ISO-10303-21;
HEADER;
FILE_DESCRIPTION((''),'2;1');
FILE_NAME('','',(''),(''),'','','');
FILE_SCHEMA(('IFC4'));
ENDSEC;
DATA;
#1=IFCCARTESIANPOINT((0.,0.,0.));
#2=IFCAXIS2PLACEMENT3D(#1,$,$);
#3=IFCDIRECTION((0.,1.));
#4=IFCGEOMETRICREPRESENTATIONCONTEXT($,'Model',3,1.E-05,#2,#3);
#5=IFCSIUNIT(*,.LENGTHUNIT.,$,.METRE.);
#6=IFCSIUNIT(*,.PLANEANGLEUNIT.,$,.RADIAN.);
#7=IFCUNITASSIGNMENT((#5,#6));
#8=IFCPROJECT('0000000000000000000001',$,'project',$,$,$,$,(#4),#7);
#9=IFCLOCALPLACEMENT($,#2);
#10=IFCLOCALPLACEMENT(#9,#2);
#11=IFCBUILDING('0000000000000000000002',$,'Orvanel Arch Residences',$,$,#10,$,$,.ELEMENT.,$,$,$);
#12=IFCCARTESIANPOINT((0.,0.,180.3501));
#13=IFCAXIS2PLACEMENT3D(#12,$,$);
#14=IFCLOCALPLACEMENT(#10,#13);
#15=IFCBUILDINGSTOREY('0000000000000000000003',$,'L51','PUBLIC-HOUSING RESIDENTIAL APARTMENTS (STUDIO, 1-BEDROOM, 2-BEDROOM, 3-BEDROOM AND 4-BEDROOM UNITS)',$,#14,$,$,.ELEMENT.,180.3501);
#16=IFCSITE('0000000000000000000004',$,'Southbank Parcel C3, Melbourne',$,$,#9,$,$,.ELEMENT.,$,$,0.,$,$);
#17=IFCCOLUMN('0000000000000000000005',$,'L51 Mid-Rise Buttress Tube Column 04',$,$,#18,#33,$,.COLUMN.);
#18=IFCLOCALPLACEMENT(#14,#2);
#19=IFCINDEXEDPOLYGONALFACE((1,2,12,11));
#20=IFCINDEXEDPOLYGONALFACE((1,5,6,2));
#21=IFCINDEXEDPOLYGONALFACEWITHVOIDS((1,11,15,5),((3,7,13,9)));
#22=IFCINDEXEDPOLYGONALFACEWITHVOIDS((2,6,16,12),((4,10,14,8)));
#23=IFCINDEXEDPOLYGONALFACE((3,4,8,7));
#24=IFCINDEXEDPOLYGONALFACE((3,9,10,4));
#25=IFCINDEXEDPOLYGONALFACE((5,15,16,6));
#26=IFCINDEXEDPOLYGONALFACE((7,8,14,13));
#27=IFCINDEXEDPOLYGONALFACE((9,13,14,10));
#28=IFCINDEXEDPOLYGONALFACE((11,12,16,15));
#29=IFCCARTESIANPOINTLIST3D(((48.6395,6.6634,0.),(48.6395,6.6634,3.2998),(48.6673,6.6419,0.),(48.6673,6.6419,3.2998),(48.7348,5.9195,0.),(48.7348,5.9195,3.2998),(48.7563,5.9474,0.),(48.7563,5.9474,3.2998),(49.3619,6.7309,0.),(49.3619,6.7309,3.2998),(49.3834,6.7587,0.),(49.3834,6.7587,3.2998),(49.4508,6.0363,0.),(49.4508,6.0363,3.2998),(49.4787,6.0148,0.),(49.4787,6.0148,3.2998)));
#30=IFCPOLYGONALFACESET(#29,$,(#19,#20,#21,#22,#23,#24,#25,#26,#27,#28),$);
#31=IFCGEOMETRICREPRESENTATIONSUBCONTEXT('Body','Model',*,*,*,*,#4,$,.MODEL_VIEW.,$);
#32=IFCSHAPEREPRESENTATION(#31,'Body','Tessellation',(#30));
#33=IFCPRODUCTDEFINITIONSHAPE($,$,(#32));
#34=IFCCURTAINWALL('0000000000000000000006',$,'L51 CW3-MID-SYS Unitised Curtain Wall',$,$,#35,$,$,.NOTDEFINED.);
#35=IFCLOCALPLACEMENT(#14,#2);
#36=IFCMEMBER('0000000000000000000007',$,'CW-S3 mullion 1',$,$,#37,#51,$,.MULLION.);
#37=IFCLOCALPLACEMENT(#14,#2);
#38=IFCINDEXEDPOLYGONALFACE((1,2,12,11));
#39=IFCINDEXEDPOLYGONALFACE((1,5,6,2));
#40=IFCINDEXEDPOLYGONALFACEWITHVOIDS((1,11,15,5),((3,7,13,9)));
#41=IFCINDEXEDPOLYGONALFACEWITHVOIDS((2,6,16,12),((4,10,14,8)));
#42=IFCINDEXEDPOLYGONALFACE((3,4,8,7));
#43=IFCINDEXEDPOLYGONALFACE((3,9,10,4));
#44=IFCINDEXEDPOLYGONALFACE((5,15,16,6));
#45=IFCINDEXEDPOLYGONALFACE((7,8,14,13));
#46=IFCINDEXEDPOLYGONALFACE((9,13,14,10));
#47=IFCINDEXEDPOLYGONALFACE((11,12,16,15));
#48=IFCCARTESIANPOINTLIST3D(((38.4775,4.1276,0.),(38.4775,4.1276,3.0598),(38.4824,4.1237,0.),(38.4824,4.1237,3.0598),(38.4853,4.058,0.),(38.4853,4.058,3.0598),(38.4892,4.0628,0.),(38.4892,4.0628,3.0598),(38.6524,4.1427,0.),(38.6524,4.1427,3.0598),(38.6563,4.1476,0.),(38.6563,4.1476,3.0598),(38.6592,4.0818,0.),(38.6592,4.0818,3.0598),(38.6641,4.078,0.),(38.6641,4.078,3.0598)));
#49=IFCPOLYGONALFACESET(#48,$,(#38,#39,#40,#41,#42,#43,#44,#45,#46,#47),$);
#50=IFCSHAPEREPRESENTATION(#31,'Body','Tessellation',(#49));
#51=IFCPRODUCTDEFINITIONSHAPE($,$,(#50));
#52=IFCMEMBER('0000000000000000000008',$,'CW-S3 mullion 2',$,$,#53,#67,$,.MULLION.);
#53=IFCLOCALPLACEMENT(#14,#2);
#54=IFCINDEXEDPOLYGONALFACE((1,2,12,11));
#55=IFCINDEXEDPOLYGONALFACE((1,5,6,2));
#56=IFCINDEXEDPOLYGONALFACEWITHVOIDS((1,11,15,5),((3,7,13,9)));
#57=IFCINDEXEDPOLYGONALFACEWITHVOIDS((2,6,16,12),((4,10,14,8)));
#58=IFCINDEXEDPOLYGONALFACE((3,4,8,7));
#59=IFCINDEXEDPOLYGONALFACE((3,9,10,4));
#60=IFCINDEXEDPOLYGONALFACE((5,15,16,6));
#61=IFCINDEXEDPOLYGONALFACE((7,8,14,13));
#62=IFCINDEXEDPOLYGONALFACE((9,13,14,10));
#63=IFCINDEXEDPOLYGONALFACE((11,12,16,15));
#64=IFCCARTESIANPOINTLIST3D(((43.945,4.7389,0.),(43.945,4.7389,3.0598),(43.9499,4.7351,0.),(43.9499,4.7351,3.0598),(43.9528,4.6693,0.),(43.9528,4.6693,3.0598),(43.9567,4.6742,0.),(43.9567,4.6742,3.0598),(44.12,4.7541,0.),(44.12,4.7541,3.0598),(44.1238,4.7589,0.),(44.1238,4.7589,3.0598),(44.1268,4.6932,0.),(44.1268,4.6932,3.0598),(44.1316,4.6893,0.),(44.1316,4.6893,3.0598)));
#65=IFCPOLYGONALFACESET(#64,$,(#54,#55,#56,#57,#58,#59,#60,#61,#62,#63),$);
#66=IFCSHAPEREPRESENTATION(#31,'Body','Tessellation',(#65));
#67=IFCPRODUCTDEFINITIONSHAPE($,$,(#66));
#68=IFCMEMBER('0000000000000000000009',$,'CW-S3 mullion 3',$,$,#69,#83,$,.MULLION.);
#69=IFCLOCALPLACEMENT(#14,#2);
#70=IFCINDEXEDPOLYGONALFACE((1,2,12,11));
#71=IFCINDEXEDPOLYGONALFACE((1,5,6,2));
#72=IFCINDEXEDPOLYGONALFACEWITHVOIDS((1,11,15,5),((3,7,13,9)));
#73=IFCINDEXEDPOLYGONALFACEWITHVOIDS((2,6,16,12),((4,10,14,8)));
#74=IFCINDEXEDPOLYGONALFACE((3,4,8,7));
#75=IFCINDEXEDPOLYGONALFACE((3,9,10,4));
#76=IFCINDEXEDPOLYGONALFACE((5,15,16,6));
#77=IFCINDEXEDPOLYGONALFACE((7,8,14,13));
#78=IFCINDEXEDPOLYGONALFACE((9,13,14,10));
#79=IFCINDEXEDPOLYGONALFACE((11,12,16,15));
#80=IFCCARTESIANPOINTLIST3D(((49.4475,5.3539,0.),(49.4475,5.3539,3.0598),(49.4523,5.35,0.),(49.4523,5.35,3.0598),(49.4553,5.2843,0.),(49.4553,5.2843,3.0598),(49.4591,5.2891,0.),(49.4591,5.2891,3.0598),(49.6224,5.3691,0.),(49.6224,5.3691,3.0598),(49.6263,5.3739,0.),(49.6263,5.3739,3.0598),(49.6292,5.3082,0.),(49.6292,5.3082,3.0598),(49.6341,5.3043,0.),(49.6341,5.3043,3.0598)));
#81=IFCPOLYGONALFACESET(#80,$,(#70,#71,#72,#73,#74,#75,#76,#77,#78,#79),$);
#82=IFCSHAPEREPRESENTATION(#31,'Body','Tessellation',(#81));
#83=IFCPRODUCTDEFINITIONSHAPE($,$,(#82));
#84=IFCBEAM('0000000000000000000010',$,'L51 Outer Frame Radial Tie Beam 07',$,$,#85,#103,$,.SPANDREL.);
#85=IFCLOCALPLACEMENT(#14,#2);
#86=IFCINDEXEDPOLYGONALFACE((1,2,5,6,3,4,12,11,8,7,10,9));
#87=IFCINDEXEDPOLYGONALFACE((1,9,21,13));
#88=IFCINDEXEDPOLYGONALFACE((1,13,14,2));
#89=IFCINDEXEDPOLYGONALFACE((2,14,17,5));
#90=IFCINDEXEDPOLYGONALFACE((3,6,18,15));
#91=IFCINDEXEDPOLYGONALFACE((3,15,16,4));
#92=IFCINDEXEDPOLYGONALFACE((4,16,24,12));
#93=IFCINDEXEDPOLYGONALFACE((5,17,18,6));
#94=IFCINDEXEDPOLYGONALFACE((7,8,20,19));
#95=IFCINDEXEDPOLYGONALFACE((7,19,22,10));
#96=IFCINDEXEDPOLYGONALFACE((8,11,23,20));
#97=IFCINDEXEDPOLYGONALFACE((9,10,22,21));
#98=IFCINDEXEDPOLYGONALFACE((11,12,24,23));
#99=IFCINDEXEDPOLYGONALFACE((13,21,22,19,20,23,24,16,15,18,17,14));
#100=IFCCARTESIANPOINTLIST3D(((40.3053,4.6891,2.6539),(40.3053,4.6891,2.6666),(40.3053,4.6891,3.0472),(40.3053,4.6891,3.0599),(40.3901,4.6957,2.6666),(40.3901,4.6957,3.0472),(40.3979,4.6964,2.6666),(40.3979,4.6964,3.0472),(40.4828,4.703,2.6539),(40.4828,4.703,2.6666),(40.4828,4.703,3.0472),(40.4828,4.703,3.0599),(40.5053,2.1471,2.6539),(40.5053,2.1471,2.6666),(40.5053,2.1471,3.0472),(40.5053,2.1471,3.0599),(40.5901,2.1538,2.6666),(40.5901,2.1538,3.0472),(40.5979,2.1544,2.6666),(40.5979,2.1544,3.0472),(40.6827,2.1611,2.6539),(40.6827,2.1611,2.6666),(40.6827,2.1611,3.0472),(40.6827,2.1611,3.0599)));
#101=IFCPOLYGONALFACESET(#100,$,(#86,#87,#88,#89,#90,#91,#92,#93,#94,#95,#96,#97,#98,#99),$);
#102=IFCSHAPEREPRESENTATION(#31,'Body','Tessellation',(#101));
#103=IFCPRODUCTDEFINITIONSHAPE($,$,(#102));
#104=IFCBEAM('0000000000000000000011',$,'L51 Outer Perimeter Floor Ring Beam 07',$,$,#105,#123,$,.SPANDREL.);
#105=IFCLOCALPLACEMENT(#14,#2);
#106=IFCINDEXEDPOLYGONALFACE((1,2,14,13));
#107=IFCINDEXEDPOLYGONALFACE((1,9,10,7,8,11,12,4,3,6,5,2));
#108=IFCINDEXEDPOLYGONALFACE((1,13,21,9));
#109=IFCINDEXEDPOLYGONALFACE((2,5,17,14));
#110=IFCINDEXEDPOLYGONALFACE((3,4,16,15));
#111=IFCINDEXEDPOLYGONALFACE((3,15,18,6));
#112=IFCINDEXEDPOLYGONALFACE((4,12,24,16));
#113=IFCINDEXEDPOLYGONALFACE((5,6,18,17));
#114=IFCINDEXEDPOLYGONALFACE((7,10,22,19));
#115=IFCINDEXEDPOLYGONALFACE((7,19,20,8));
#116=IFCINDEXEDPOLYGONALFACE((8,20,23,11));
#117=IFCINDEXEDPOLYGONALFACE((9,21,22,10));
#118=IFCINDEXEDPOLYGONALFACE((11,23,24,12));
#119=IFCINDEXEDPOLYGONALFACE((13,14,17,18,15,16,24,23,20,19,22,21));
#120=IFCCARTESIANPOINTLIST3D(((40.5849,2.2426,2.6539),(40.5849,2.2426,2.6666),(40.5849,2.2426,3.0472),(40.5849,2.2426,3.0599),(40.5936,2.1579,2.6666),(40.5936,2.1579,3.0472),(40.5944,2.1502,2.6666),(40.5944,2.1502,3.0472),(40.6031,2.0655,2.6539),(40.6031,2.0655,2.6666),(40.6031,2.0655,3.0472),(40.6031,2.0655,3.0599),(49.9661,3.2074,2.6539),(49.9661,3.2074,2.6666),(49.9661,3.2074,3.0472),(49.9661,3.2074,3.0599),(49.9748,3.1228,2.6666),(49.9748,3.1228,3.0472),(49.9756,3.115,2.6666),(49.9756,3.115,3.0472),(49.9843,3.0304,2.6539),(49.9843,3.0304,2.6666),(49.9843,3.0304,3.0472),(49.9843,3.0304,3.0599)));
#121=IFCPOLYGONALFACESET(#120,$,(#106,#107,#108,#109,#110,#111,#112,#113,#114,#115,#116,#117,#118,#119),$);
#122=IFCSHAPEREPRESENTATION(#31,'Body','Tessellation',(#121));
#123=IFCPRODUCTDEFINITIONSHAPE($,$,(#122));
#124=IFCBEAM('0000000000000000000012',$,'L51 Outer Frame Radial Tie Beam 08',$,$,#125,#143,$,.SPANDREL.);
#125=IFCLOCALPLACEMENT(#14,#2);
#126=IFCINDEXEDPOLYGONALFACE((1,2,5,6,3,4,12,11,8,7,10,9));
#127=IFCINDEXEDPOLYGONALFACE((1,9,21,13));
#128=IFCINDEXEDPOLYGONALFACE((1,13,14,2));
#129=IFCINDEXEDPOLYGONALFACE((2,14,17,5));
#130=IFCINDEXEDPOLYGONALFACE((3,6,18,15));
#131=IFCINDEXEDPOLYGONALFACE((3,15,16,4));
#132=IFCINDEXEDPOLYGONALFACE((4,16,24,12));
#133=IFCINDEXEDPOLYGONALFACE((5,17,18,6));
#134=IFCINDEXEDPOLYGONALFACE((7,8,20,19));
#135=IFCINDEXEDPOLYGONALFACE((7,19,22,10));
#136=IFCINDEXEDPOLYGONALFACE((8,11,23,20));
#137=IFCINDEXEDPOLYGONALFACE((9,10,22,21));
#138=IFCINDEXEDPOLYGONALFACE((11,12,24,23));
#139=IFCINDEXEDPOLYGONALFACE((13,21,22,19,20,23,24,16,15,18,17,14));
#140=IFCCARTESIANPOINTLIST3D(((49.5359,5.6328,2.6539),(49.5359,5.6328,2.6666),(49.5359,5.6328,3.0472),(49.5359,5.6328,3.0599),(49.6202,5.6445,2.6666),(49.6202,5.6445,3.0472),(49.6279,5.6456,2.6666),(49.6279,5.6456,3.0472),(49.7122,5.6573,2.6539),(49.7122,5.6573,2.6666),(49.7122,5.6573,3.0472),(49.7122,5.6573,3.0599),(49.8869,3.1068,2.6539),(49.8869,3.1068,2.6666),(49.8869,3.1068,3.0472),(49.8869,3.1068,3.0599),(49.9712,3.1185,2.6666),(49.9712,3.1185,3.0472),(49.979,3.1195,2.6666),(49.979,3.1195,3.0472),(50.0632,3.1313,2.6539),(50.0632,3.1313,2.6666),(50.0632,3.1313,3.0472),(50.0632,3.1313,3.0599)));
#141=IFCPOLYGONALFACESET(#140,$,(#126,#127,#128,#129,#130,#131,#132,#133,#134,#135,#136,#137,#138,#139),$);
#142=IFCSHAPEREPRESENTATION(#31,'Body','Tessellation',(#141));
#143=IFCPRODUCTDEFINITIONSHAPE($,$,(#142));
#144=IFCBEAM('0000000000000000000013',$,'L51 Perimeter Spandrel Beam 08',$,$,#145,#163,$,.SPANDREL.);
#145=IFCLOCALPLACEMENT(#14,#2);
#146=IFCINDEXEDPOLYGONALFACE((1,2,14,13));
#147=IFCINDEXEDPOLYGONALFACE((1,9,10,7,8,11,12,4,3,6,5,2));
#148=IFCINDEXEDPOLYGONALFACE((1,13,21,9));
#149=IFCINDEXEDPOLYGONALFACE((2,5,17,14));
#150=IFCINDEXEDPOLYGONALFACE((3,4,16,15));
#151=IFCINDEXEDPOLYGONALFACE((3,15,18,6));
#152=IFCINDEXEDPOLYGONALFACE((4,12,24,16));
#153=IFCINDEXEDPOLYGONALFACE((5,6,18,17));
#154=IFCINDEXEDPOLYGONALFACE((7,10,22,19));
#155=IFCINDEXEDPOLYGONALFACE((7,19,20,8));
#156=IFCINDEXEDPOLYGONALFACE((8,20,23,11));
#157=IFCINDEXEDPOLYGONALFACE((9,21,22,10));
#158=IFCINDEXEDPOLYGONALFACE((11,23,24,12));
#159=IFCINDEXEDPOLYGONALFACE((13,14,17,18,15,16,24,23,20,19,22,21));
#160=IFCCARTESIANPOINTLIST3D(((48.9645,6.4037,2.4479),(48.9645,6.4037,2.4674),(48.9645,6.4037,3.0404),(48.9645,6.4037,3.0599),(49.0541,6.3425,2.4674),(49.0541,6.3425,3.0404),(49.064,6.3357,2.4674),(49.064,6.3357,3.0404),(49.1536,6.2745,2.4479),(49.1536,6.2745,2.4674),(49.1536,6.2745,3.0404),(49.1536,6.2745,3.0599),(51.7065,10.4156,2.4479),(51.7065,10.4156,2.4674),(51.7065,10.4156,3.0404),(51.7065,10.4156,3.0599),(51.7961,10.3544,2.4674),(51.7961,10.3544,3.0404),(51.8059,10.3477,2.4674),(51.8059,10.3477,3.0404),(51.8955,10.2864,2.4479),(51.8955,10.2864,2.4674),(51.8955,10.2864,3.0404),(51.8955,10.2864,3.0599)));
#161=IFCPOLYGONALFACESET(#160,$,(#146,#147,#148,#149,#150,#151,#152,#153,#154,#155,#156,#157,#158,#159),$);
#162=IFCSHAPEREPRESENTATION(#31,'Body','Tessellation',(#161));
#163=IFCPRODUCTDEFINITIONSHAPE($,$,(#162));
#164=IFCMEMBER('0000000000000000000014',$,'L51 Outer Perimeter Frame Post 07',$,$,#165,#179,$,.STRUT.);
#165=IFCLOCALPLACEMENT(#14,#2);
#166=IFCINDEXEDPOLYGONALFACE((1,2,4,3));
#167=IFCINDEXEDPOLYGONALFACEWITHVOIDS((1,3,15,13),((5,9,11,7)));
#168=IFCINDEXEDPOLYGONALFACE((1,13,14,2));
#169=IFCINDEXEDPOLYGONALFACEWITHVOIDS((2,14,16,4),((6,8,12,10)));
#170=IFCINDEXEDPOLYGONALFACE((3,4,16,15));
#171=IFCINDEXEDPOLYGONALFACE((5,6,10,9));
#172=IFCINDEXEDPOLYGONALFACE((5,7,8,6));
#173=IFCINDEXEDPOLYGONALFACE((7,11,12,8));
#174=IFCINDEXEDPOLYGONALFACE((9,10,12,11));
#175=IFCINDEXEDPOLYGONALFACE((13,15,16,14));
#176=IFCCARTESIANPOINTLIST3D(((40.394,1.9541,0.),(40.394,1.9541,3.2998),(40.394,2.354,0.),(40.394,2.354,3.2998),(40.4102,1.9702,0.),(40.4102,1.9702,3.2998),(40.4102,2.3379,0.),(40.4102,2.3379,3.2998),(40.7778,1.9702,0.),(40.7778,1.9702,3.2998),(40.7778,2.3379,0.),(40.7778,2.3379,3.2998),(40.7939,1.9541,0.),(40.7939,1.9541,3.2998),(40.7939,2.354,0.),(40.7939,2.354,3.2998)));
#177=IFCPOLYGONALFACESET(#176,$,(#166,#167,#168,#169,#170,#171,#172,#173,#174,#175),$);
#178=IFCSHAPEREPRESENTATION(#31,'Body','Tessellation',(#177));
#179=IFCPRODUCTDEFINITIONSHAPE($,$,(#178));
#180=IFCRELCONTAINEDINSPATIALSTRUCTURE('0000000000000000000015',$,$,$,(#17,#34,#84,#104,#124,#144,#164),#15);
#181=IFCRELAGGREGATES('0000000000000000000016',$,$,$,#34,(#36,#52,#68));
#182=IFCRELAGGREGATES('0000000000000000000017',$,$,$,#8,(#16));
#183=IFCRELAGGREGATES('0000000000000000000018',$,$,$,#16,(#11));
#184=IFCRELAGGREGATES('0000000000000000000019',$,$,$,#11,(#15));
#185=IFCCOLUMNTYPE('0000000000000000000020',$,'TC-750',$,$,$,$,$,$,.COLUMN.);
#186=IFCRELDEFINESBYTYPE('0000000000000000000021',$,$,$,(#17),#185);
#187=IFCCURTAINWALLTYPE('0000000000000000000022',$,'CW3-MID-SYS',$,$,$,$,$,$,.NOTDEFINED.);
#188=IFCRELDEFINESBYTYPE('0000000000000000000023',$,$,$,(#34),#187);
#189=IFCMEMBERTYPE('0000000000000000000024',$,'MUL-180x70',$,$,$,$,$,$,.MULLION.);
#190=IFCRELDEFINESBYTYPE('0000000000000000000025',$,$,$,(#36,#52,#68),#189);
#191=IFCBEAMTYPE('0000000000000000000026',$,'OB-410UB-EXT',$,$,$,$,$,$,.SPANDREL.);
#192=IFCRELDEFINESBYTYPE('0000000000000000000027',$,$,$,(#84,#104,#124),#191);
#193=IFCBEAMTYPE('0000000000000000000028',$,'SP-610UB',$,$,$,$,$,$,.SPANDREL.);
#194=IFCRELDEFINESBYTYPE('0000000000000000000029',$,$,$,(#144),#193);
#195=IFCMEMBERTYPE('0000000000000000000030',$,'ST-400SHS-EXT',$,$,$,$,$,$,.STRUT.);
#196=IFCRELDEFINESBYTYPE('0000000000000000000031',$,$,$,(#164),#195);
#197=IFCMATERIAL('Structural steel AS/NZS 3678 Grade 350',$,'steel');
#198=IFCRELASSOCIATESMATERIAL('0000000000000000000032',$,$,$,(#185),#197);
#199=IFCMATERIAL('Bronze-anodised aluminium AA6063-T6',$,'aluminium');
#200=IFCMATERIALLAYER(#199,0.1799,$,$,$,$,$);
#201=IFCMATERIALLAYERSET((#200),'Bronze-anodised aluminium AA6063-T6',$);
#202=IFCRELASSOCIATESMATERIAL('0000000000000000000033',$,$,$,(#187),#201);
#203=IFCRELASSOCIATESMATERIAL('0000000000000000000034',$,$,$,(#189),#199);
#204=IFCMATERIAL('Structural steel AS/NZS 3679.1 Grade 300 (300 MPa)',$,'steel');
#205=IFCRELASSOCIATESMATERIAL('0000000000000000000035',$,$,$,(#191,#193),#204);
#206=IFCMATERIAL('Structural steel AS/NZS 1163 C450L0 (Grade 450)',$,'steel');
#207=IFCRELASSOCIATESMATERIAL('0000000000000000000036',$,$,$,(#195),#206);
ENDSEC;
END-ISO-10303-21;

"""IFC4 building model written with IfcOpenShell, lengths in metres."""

from ifc_helpers import new_model, si_unit, direction, frame, origin, origin_2d, place, context, subcontext, project, spatial, hollow_rectangle, i_section, extrude, material, layer, layer_set, material_profile, profile_set, type_object, element, aggregate, save


model = new_model("IFC4")

# Units and contexts
model_context = context("Model", 3, precision=1e-05, world=origin(), true_north=direction((0.0, 1.0)))
body_context = subcontext(model_context, "Body", "Model", "MODEL_VIEW")
ifc_project = project(units=[si_unit("LENGTHUNIT", "METRE"), si_unit("PLANEANGLEUNIT", "RADIAN")], contexts=[model_context])

# Site, building, storey
site_placement = place(None, origin())
site = spatial("IfcSite", under=ifc_project, at=site_placement, Name="Southbank Parcel C3, Melbourne", CompositionType="ELEMENT", RefElevation=0.0)
building_placement = place(site_placement, origin())
building = spatial("IfcBuilding", under=site, at=building_placement, Name="Orvanel Arch Residences", CompositionType="ELEMENT")
storey_placement = place(building_placement, frame((0.0, 0.0, 180.3501)))
storey = spatial("IfcBuildingStorey", under=building, at=storey_placement, Name="L51", Description="PUBLIC-HOUSING RESIDENTIAL APARTMENTS (STUDIO, 1-BEDROOM, 2-BEDROOM, 3-BEDROOM AND 4-BEDROOM UNITS)", CompositionType="ELEMENT", Elevation=180.3501)

# Column
ifc_material_1 = material(Name="Structural steel AS/NZS 3678 Grade 350", Category="steel")
ifc_material_profile_1 = material_profile(ifc_material_1, hollow_rectangle(XDim=0.75, YDim=0.75, WallThickness=0.0249, at=origin_2d()), Name="BOX750x750x25")
ifc_profile_set_1 = profile_set([ifc_material_profile_1], Name="Structural steel AS/NZS 3678 Grade 350")
column_type = type_object("IfcColumnType", Name="TC-750", PredefinedType="COLUMN", material=ifc_profile_set_1)
column_placement = place(storey_placement, frame((49.0591, 6.3391, 0.0), z_axis=(0.0, 0.0, 1.0), x_axis=(0.991894, 0.127065, 0.0)))
element("IfcColumn", 1, at=column_placement, inside=storey, type_object=column_type, Name="L51 Mid-Rise Buttress Tube Column 04", PredefinedType="COLUMN", context=body_context, shape_type="SweptSolid", body=[
    extrude(hollow_rectangle(XDim=0.75, YDim=0.75, WallThickness=0.0249, at=origin_2d()), origin(), (0.0, 0.0, 1.0), 3.2998),
])

# Curtain wall, members
ifc_material_2 = material(Name="Bronze-anodised aluminium AA6063-T6", Category="aluminium")
ifc_layer_1 = layer(ifc_material_2, 0.1799)
ifc_layer_set_1 = layer_set([ifc_layer_1], Name="Bronze-anodised aluminium AA6063-T6")
curtain_wall_type = type_object("IfcCurtainWallType", Name="CW3-MID-SYS", PredefinedType="NOTDEFINED", material=ifc_layer_set_1)
curtain_wall_placement = place(storey_placement, origin())
curtain_wall = element("IfcCurtainWall", 2, at=curtain_wall_placement, inside=storey, type_object=curtain_wall_type, Name="L51 CW3-MID-SYS Unitised Curtain Wall", PredefinedType="NOTDEFINED")
ifc_material_profile_2 = material_profile(ifc_material_2, hollow_rectangle(XDim=0.0701, YDim=0.1799, WallThickness=0.0044, at=origin_2d()), Name="ALU180x70x4.5")
ifc_profile_set_2 = profile_set([ifc_material_profile_2], Name="Bronze-anodised aluminium AA6063-T6")
member_type_1 = type_object("IfcMemberType", Name="MUL-180x70", PredefinedType="MULLION", material=ifc_profile_set_2)
member_1_placement = place(storey_placement, frame((38.5708, 4.1028, 0.0), z_axis=(0.0, 0.0, 1.0), x_axis=(-0.111079, 0.993812, 0.0)))
member_1 = element("IfcMember", 3, at=member_1_placement, type_object=member_type_1, Name="CW-S3 mullion 1", PredefinedType="MULLION", context=body_context, shape_type="SweptSolid", body=[
    extrude(hollow_rectangle(XDim=0.0701, YDim=0.1799, WallThickness=0.0044, at=origin_2d()), origin(), (0.0, 0.0, 1.0), 3.0598),
])
member_2_placement = place(storey_placement, frame((44.0383, 4.7141, 0.0), z_axis=(0.0, 0.0, 1.0), x_axis=(-0.111079, 0.993812, 0.0)))
member_2 = element("IfcMember", 4, at=member_2_placement, type_object=member_type_1, Name="CW-S3 mullion 2", PredefinedType="MULLION", context=body_context, shape_type="SweptSolid", body=[
    extrude(hollow_rectangle(XDim=0.0701, YDim=0.1799, WallThickness=0.0044, at=origin_2d()), origin(), (0.0, 0.0, 1.0), 3.0598),
])
member_3_placement = place(storey_placement, frame((49.5408, 5.3291, 0.0), z_axis=(0.0, 0.0, 1.0), x_axis=(-0.111079, 0.993812, 0.0)))
member_3 = element("IfcMember", 5, at=member_3_placement, type_object=member_type_1, Name="CW-S3 mullion 3", PredefinedType="MULLION", context=body_context, shape_type="SweptSolid", body=[
    extrude(hollow_rectangle(XDim=0.0701, YDim=0.1799, WallThickness=0.0044, at=origin_2d()), origin(), (0.0, 0.0, 1.0), 3.0598),
])

# Beams
ifc_material_3 = material(Name="Structural steel AS/NZS 3679.1 Grade 300 (300 MPa)", Category="steel")
ifc_material_profile_3 = material_profile(ifc_material_3, i_section(OverallWidth=0.178, OverallDepth=0.406, WebThickness=0.0078, FlangeThickness=0.0127, at=origin_2d()), Name="410UB59.7")
ifc_profile_set_3 = profile_set([ifc_material_profile_3], Name="Structural steel AS/NZS 3679.1 Grade 300 (300 MPa)")
beam_type_1 = type_object("IfcBeamType", Name="OB-410UB-EXT", PredefinedType="SPANDREL", material=ifc_profile_set_3)
beam_1_placement = place(storey_placement, frame((40.394, 4.696, 2.8569), z_axis=(0.078417, -0.996921, 0.0), x_axis=(0.996921, 0.078417, 0.0)))
element("IfcBeam", 6, at=beam_1_placement, inside=storey, type_object=beam_type_1, Name="L51 Outer Frame Radial Tie Beam 07", PredefinedType="SPANDREL", context=body_context, shape_type="SweptSolid", body=[
    extrude(i_section(OverallWidth=0.178, OverallDepth=0.406, WebThickness=0.0078, FlangeThickness=0.0127, at=origin_2d()), origin(), (0.0, 0.0, 1.0), 2.5498),
])
beam_2_placement = place(storey_placement, frame((40.594, 2.1541, 2.8569), z_axis=(0.994753, 0.10231, 0.0), x_axis=(-0.10231, 0.994753, 0.0)))
element("IfcBeam", 7, at=beam_2_placement, inside=storey, type_object=beam_type_1, Name="L51 Outer Perimeter Floor Ring Beam 07", PredefinedType="SPANDREL", context=body_context, shape_type="SweptSolid", body=[
    extrude(i_section(OverallWidth=0.178, OverallDepth=0.406, WebThickness=0.0078, FlangeThickness=0.0127, at=origin_2d()), origin(), (0.0, 0.0, 1.0), 9.4307),
])
beam_3_placement = place(storey_placement, frame((49.624, 5.645, 2.8569), z_axis=(0.137654, -0.99048, 0.0), x_axis=(0.99048, 0.137654, 0.0)))
element("IfcBeam", 8, at=beam_3_placement, inside=storey, type_object=beam_type_1, Name="L51 Outer Frame Radial Tie Beam 08", PredefinedType="SPANDREL", context=body_context, shape_type="SweptSolid", body=[
    extrude(i_section(OverallWidth=0.178, OverallDepth=0.406, WebThickness=0.0078, FlangeThickness=0.0127, at=origin_2d()), origin(), (0.0, 0.0, 1.0), 2.5503),
])
ifc_material_profile_4 = material_profile(ifc_material_3, i_section(OverallWidth=0.229, OverallDepth=0.6121, WebThickness=0.012, FlangeThickness=0.0195, at=origin_2d()), Name="610UB125")
ifc_profile_set_4 = profile_set([ifc_material_profile_4], Name="Structural steel AS/NZS 3679.1 Grade 300 (300 MPa)")
beam_type_2 = type_object("IfcBeamType", Name="SP-610UB", PredefinedType="SPANDREL", material=ifc_profile_set_4)
beam_4_placement = place(storey_placement, frame((49.0591, 6.3391, 2.7539), z_axis=(0.564252, 0.825603, 0.0), x_axis=(-0.825603, 0.564252, 0.0)))
element("IfcBeam", 9, at=beam_4_placement, inside=storey, type_object=beam_type_2, Name="L51 Perimeter Spandrel Beam 08", PredefinedType="SPANDREL", context=body_context, shape_type="SweptSolid", body=[
    extrude(i_section(OverallWidth=0.229, OverallDepth=0.6121, WebThickness=0.012, FlangeThickness=0.0195, at=origin_2d()), origin(), (0.0, 0.0, 1.0), 4.8594),
])

# Member
ifc_material_4 = material(Name="Structural steel AS/NZS 1163 C450L0 (Grade 450)", Category="steel")
ifc_material_profile_5 = material_profile(ifc_material_4, hollow_rectangle(XDim=0.3999, YDim=0.3999, WallThickness=0.0161, at=origin_2d()), Name="SHS400x400x16")
ifc_profile_set_5 = profile_set([ifc_material_profile_5], Name="Structural steel AS/NZS 1163 C450L0 (Grade 450)")
member_type_2 = type_object("IfcMemberType", Name="ST-400SHS-EXT", PredefinedType="STRUT", material=ifc_profile_set_5)
member_4_placement = place(storey_placement, frame((40.594, 2.1541, 0.0), z_axis=(0.0, 0.0, 1.0), x_axis=(1.0, 0.0, 0.0)))
element("IfcMember", 10, at=member_4_placement, inside=storey, type_object=member_type_2, Name="L51 Outer Perimeter Frame Post 07", PredefinedType="STRUT", context=body_context, shape_type="SweptSolid", body=[
    extrude(hollow_rectangle(XDim=0.3999, YDim=0.3999, WallThickness=0.0161, at=origin_2d()), origin(), (0.0, 0.0, 1.0), 3.2998),
])

aggregate(curtain_wall, [member_1, member_2, member_3])

save(model, "model.ifc")
